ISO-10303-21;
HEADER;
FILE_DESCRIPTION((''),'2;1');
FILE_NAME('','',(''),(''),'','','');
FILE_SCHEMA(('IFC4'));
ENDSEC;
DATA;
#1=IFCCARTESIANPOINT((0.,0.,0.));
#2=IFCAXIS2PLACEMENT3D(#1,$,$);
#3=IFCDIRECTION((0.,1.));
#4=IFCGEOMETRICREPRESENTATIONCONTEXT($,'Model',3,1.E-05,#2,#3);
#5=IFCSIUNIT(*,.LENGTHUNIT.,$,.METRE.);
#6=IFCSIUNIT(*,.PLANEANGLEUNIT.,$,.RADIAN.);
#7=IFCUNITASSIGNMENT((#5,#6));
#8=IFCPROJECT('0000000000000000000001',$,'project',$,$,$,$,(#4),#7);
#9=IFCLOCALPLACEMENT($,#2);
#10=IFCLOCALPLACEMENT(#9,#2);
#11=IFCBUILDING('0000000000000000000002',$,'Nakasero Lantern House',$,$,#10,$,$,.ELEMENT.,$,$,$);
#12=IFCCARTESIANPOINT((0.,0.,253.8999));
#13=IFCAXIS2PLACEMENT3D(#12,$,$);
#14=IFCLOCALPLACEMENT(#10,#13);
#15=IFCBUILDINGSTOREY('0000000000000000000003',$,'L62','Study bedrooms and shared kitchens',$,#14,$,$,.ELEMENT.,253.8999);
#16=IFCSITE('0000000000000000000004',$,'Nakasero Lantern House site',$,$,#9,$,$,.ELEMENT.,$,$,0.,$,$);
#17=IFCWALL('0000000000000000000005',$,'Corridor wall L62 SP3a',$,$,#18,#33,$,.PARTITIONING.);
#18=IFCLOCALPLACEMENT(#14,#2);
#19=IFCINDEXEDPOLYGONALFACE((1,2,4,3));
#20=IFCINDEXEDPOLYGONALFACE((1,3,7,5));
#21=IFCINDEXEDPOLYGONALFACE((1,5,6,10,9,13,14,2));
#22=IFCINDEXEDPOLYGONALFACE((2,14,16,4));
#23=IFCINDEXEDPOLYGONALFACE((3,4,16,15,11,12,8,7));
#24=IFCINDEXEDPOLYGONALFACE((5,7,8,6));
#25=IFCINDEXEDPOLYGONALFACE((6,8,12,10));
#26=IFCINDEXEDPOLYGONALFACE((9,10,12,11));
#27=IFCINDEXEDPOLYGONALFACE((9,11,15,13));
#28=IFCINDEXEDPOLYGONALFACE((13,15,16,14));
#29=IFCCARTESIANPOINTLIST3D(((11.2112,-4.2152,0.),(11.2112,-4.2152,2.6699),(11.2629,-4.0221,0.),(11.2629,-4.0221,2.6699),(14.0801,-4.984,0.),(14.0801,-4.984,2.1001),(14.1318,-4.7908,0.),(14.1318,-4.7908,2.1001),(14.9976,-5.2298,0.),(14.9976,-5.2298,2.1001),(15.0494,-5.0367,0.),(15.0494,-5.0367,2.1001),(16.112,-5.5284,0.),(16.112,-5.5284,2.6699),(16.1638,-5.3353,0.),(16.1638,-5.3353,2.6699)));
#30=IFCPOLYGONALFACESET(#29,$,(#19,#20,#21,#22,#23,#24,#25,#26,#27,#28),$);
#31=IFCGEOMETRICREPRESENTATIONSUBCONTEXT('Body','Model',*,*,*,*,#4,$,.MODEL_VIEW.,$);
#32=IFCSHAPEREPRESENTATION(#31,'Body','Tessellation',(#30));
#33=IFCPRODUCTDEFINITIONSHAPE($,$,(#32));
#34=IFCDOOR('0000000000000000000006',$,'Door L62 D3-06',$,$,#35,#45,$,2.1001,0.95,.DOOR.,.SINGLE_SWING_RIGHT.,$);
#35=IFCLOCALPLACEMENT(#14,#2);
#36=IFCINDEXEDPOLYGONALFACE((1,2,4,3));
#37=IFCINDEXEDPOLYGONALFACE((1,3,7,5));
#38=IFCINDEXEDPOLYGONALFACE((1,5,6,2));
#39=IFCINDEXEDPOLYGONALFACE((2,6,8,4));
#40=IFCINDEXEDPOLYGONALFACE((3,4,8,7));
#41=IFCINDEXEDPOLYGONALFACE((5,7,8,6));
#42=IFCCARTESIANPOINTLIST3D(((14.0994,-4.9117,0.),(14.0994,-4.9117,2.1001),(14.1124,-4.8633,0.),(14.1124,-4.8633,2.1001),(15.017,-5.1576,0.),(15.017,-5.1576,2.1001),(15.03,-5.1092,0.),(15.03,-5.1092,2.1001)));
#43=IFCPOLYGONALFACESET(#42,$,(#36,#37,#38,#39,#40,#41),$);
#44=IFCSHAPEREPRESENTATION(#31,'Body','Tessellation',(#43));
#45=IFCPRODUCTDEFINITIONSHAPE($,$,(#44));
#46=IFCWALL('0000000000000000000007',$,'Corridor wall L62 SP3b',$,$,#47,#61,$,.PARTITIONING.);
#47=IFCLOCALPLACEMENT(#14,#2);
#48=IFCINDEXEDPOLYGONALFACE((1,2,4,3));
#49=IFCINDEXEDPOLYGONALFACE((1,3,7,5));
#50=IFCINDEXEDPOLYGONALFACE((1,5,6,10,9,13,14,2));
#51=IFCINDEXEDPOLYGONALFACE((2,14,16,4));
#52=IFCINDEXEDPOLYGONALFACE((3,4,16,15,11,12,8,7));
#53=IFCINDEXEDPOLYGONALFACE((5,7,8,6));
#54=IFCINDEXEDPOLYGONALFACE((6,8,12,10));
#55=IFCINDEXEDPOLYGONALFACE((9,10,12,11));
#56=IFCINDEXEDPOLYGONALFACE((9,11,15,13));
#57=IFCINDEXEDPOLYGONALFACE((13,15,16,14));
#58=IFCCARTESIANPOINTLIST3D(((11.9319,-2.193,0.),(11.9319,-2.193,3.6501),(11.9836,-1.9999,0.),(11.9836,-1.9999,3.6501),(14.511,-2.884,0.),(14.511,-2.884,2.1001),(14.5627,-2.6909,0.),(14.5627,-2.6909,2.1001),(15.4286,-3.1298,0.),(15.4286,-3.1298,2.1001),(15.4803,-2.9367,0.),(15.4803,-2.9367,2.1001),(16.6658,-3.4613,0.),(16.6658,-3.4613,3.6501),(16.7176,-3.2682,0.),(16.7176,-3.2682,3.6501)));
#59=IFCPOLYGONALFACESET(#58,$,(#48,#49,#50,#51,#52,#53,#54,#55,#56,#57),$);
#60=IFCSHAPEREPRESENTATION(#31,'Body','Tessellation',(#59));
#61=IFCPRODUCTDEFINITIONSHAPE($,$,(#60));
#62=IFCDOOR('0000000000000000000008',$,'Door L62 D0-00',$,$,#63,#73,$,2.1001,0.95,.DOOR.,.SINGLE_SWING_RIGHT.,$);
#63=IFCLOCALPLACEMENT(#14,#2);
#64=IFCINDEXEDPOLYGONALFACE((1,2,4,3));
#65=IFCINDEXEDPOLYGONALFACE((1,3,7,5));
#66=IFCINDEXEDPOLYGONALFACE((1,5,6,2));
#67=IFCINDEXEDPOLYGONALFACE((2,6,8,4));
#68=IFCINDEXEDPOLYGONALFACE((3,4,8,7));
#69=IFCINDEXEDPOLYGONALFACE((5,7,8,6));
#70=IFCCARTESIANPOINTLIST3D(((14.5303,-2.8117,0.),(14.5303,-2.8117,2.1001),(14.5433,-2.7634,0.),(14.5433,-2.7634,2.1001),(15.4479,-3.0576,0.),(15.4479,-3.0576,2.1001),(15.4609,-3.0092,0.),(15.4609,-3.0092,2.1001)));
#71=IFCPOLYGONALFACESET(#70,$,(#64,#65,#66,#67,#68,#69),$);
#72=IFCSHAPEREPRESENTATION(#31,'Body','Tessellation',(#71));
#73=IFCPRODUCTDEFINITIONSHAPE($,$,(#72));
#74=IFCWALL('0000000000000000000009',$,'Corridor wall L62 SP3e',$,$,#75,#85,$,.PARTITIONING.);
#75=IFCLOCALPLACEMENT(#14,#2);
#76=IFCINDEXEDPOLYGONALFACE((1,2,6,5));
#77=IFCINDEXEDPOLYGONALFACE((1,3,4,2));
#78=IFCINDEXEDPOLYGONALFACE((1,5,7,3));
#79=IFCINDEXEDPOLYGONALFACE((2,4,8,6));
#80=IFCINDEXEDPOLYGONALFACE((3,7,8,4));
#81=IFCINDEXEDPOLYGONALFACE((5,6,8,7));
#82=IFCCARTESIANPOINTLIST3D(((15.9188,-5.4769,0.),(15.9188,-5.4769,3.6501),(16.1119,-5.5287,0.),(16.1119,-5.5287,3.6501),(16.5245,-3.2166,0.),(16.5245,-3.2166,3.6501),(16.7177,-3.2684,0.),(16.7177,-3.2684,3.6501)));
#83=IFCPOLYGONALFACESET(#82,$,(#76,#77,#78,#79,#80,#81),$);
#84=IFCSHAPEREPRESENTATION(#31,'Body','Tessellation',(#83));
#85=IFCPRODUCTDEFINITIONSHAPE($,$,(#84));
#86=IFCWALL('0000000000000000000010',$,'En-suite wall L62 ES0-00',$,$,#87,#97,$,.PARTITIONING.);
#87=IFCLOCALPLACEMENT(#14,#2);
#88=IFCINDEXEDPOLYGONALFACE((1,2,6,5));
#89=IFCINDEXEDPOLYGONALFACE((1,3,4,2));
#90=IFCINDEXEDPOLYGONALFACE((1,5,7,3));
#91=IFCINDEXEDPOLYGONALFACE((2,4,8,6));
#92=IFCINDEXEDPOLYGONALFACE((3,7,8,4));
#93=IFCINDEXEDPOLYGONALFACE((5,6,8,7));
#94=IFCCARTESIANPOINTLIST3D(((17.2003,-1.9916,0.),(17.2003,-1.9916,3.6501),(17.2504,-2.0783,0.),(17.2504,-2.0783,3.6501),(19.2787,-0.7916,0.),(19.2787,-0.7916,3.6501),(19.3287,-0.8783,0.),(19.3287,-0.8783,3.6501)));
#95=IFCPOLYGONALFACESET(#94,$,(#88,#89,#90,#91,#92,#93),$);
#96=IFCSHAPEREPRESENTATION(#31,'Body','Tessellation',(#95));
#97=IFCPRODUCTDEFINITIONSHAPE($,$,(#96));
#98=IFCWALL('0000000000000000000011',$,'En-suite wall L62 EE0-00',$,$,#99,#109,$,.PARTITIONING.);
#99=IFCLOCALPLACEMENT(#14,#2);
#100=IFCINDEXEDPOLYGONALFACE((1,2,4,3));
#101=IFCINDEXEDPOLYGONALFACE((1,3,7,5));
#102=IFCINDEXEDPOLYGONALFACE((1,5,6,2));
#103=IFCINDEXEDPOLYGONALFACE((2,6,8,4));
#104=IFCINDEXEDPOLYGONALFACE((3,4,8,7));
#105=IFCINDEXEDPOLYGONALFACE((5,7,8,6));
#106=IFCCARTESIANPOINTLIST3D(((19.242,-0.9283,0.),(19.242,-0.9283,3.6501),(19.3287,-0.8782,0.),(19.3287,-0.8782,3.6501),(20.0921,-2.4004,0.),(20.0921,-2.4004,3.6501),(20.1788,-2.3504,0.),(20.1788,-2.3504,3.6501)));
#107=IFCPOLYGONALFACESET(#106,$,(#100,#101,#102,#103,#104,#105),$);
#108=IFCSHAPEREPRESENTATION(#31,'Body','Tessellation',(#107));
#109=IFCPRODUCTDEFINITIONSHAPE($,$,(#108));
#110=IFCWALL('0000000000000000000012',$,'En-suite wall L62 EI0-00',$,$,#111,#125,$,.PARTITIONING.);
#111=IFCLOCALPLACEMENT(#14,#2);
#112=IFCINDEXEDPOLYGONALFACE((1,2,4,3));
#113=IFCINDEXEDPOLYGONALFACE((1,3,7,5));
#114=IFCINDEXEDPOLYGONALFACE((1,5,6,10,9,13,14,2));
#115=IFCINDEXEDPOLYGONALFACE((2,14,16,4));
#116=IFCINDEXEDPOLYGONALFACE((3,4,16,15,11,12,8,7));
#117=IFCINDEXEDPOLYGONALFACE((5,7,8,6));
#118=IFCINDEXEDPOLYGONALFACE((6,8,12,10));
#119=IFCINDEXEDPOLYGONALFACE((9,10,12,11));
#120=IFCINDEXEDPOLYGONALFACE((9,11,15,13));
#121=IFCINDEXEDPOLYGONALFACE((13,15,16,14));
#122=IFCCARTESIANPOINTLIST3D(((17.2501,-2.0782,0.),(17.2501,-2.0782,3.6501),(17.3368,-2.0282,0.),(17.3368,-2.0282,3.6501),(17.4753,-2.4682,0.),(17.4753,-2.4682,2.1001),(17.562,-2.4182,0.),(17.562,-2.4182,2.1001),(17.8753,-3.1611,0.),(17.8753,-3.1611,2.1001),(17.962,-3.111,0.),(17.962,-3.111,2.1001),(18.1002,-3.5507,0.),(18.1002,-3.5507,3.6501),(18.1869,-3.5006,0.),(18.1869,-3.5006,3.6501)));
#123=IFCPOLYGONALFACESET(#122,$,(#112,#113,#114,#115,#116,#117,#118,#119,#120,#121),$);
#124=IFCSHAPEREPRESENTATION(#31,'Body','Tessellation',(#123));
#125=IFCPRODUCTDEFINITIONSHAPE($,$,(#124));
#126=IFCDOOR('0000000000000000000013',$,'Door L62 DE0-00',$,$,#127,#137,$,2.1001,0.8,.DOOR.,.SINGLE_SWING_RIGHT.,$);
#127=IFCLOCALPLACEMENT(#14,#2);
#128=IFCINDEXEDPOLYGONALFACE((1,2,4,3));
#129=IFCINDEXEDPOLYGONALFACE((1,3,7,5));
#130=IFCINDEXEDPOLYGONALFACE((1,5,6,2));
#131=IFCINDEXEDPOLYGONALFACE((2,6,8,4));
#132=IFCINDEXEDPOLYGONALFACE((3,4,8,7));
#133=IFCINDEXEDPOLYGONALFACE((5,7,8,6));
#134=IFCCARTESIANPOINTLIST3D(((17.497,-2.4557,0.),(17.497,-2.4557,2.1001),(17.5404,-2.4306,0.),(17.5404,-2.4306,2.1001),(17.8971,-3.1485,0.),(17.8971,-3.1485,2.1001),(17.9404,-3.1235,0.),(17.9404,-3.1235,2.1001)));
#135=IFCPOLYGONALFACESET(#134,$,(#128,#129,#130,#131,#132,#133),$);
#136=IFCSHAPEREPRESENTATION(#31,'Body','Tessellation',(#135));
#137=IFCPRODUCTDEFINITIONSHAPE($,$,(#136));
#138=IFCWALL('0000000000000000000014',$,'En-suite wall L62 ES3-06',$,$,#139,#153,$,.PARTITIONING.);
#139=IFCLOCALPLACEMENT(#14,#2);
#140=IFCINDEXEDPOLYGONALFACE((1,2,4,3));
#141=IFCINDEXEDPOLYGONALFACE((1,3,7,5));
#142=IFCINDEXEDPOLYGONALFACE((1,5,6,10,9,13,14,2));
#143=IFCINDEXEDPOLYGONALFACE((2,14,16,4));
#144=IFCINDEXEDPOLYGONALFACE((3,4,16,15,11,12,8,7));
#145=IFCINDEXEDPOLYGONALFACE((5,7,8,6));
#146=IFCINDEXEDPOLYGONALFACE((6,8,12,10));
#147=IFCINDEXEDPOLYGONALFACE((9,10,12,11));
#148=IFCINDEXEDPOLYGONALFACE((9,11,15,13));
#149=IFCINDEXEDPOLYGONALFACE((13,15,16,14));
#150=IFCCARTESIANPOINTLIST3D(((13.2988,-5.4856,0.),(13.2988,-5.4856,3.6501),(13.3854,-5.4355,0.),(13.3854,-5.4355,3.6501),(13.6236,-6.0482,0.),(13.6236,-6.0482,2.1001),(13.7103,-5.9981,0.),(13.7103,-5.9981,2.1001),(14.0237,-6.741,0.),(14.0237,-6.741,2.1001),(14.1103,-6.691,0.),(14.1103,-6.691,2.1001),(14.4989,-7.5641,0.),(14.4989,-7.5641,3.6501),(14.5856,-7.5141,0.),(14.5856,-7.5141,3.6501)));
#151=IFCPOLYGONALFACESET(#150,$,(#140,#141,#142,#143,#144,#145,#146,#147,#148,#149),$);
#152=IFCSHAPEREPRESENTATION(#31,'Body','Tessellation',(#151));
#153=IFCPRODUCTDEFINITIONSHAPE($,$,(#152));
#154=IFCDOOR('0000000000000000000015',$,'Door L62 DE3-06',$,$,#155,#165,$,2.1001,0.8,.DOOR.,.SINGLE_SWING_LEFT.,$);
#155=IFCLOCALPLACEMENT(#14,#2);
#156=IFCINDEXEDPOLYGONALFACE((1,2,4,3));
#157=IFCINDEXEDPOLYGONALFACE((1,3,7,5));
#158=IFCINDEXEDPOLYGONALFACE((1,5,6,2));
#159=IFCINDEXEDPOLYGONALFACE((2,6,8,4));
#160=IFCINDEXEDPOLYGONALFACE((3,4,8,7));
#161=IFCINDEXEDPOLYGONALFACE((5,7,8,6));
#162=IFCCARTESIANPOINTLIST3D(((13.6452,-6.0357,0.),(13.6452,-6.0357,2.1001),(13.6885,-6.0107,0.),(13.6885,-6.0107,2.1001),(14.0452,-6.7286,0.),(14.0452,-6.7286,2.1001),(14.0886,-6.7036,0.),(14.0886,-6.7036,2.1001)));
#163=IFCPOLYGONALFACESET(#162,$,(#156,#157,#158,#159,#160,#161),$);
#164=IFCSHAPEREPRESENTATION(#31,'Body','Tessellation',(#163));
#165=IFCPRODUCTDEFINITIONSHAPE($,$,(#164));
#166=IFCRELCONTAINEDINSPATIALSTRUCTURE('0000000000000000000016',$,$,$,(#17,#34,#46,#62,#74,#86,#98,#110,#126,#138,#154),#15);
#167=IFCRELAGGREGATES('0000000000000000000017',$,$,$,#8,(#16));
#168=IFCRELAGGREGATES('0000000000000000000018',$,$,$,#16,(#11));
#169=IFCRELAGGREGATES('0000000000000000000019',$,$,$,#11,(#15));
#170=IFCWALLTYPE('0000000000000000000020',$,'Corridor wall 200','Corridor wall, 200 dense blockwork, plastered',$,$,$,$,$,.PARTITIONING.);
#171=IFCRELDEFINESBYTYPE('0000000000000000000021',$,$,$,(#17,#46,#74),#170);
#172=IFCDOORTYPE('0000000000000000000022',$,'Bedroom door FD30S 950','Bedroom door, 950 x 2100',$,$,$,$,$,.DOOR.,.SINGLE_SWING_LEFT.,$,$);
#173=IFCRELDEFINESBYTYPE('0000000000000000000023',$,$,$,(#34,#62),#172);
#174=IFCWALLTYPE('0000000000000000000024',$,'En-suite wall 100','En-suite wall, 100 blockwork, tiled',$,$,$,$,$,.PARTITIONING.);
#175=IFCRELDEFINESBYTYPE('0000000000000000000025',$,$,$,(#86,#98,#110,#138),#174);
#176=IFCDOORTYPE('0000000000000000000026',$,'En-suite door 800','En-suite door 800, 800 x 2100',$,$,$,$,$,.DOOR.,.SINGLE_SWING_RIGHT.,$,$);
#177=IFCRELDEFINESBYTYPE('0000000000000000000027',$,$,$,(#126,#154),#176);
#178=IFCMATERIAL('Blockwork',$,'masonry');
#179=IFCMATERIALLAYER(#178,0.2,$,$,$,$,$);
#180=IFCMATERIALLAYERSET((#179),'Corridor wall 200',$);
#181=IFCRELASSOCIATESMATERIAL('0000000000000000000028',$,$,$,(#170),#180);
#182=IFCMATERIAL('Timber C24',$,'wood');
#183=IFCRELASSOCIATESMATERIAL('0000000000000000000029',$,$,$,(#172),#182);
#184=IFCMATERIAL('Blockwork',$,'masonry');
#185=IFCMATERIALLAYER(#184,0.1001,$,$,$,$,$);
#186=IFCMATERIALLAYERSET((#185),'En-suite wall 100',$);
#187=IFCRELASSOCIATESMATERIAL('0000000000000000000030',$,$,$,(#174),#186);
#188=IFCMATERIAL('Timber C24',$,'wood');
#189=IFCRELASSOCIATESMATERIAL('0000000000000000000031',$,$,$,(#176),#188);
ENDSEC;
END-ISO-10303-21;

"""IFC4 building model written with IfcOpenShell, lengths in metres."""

from ifc_helpers import new_model, si_unit, direction, frame, frame_2d, origin, place, context, subcontext, project, spatial, rectangle, extrude, material, layer, layer_set, type_object, element, fill, save


model = new_model("IFC4")

# Units and contexts
model_context = context("Model", 3, precision=1e-05, world=origin(), true_north=direction((0.0, 1.0)))
body_context = subcontext(model_context, "Body", "Model", "MODEL_VIEW")
ifc_project = project(units=[si_unit("LENGTHUNIT", "METRE"), si_unit("PLANEANGLEUNIT", "RADIAN")], contexts=[model_context])

# Site, building, storey
site_placement = place(None, origin())
site = spatial("IfcSite", under=ifc_project, at=site_placement, Name="Nakasero Lantern House site", CompositionType="ELEMENT", RefElevation=0.0)
building_placement = place(site_placement, origin())
building = spatial("IfcBuilding", under=site, at=building_placement, Name="Nakasero Lantern House", CompositionType="ELEMENT")
storey_placement = place(building_placement, frame((0.0, 0.0, 253.8999)))
storey = spatial("IfcBuildingStorey", under=building, at=storey_placement, Name="L62", Description="Study bedrooms and shared kitchens", CompositionType="ELEMENT", Elevation=253.8999)

# Shared definitions
ifc_material_1 = material(Name="Blockwork", Category="masonry")
ifc_layer_1 = layer(ifc_material_1, 0.2)
ifc_layer_set_1 = layer_set([ifc_layer_1], Name="Corridor wall 200")
wall_type_1 = type_object("IfcWallType", Name="Corridor wall 200", Description="Corridor wall, 200 dense blockwork, plastered", PredefinedType="PARTITIONING", material=ifc_layer_set_1)

# Walls, openings, doors
wall_1_placement = place(storey_placement, frame((11.2371, -4.1187, 0.0), z_axis=(0.0, 0.0, 1.0), x_axis=(0.965924, -0.258827, 0.0)))
wall_1 = element("IfcWall", 1, at=wall_1_placement, inside=storey, type_object=wall_type_1, Name="Corridor wall L62 SP3a", PredefinedType="PARTITIONING", context=body_context, shape_type="SweptSolid", body=[
    extrude(rectangle(XDim=5.0737, YDim=0.2, at=frame_2d((2.5369, 0.0))), origin(), (0.0, 0.0, 1.0), 2.6699),
])
opening_1_placement = place(wall_1_placement, frame((2.97, 0.0, 0.0)))
opening_1 = element("IfcOpeningElement", 2, at=opening_1_placement, cuts=wall_1, PredefinedType="OPENING", context=body_context, shape_type="SweptSolid", body=[
    extrude(rectangle(XDim=0.95, YDim=2.1001, at=frame_2d((0.4751, 1.05))), frame((0.0, 0.1199, 0.0), z_axis=(0.0, -1.0, 0.0), x_axis=(1.0, 0.0, 0.0)), (0.0, 0.0, 1.0), 0.24),
])
ifc_material_2 = material(Name="Timber C24", Category="wood")
door_type_1 = type_object("IfcDoorType", Name="Bedroom door FD30S 950", Description="Bedroom door, 950 x 2100", OperationType="SINGLE_SWING_LEFT", PredefinedType="DOOR", material=ifc_material_2)
door_1_placement = place(opening_1_placement, origin())
door_1 = element("IfcDoor", 3, at=door_1_placement, inside=storey, type_object=door_type_1, Name="Door L62 D3-06", OperationType="SINGLE_SWING_RIGHT", OverallHeight=2.1001, OverallWidth=0.95, PredefinedType="DOOR", context=body_context, shape_type="SweptSolid", body=[
    extrude(rectangle(XDim=0.95, YDim=2.1001, at=frame_2d((0.4751, 1.05))), frame((0.0, 0.0249, 0.0), z_axis=(0.0, -1.0, 0.0), x_axis=(1.0, 0.0, 0.0)), (0.0, 0.0, 1.0), 0.05),
])
fill(opening_1, door_1)
wall_2_placement = place(storey_placement, frame((11.9578, -2.0964, 0.0), z_axis=(0.0, 0.0, 1.0), x_axis=(0.965932, -0.258794, 0.0)))
wall_2 = element("IfcWall", 4, at=wall_2_placement, inside=storey, type_object=wall_type_1, Name="Corridor wall L62 SP3b", PredefinedType="PARTITIONING", context=body_context, shape_type="SweptSolid", body=[
    extrude(rectangle(XDim=4.9009, YDim=0.2, at=frame_2d((2.4504, 0.0))), origin(), (0.0, 0.0, 1.0), 3.6501),
])
opening_2_placement = place(wall_2_placement, frame((2.6699, 0.0, 0.0)))
opening_2 = element("IfcOpeningElement", 5, at=opening_2_placement, cuts=wall_2, PredefinedType="OPENING", context=body_context, shape_type="SweptSolid", body=[
    extrude(rectangle(XDim=0.95, YDim=2.1001, at=frame_2d((0.4751, 1.05))), frame((0.0, 0.1199, 0.0), z_axis=(0.0, -1.0, 0.0), x_axis=(1.0, 0.0, 0.0)), (0.0, 0.0, 1.0), 0.24),
])
door_2_placement = place(opening_2_placement, origin())
door_2 = element("IfcDoor", 6, at=door_2_placement, inside=storey, type_object=door_type_1, Name="Door L62 D0-00", OperationType="SINGLE_SWING_RIGHT", OverallHeight=2.1001, OverallWidth=0.95, PredefinedType="DOOR", context=body_context, shape_type="SweptSolid", body=[
    extrude(rectangle(XDim=0.95, YDim=2.1001, at=frame_2d((0.4751, 1.05))), frame((0.0, 0.0249, 0.0), z_axis=(0.0, -1.0, 0.0), x_axis=(1.0, 0.0, 0.0)), (0.0, 0.0, 1.0), 0.05),
])
fill(opening_2, door_2)

# Walls
wall_3_placement = place(storey_placement, frame((16.0154, -5.5027, 0.0), z_axis=(0.0, 0.0, 1.0), x_axis=(0.258851, 0.965917, 0.0)))
element("IfcWall", 7, at=wall_3_placement, inside=storey, type_object=wall_type_1, Name="Corridor wall L62 SP3e", PredefinedType="PARTITIONING", context=body_context, shape_type="SweptSolid", body=[
    extrude(rectangle(XDim=2.3401, YDim=0.2, at=frame_2d((1.1699, 0.0))), origin(), (0.0, 0.0, 1.0), 3.6501),
])
ifc_material_3 = material(Name="Blockwork", Category="masonry")
ifc_layer_2 = layer(ifc_material_3, 0.1001)
ifc_layer_set_2 = layer_set([ifc_layer_2], Name="En-suite wall 100")
wall_type_2 = type_object("IfcWallType", Name="En-suite wall 100", Description="En-suite wall, 100 blockwork, tiled", PredefinedType="PARTITIONING", material=ifc_layer_set_2)
wall_4_placement = place(storey_placement, frame((17.2253, -2.0349, 0.0), z_axis=(0.0, 0.0, 1.0), x_axis=(0.866025, 0.500001, 0.0)))
element("IfcWall", 8, at=wall_4_placement, inside=storey, type_object=wall_type_2, Name="En-suite wall L62 ES0-00", PredefinedType="PARTITIONING", context=body_context, shape_type="SweptSolid", body=[
    extrude(rectangle(XDim=2.3999, YDim=0.1001, at=frame_2d((1.2, 0.0))), origin(), (0.0, 0.0, 1.0), 3.6501),
])
wall_5_placement = place(storey_placement, frame((20.1355, -2.3755, 0.0), z_axis=(0.0, 0.0, 1.0), x_axis=(-0.500062, 0.865989, 0.0)))
element("IfcWall", 9, at=wall_5_placement, inside=storey, type_object=wall_type_2, Name="En-suite wall L62 EE0-00", PredefinedType="PARTITIONING", context=body_context, shape_type="SweptSolid", body=[
    extrude(rectangle(XDim=1.7, YDim=0.1001, at=frame_2d((0.8501, 0.0))), origin(), (0.0, 0.0, 1.0), 3.6501),
])

# Walls, openings, doors
wall_6_placement = place(storey_placement, frame((18.1436, -3.5256, 0.0), z_axis=(0.0, 0.0, 1.0), x_axis=(-0.5, 0.866025, 0.0)))
wall_6 = element("IfcWall", 10, at=wall_6_placement, inside=storey, type_object=wall_type_2, Name="En-suite wall L62 EI0-00", PredefinedType="PARTITIONING", context=body_context, shape_type="SweptSolid", body=[
    extrude(rectangle(XDim=1.7002, YDim=0.1001, at=frame_2d((0.8501, 0.0))), origin(), (0.0, 0.0, 1.0), 3.6501),
])
opening_3_placement = place(wall_6_placement, frame((0.45, 0.0, 0.0)))
opening_3 = element("IfcOpeningElement", 11, at=opening_3_placement, cuts=wall_6, PredefinedType="OPENING", context=body_context, shape_type="SweptSolid", body=[
    extrude(rectangle(XDim=0.8, YDim=2.1001, at=frame_2d((0.3999, 1.05))), frame((0.0, 0.0701, 0.0), z_axis=(0.0, -1.0, 0.0), x_axis=(1.0, 0.0, 0.0)), (0.0, 0.0, 1.0), 0.1401),
])
ifc_material_4 = material(Name="Timber C24", Category="wood")
door_type_2 = type_object("IfcDoorType", Name="En-suite door 800", Description="En-suite door 800, 800 x 2100", OperationType="SINGLE_SWING_RIGHT", PredefinedType="DOOR", material=ifc_material_4)
door_3_placement = place(opening_3_placement, origin())
door_3 = element("IfcDoor", 12, at=door_3_placement, inside=storey, type_object=door_type_2, Name="Door L62 DE0-00", OperationType="SINGLE_SWING_RIGHT", OverallHeight=2.1001, OverallWidth=0.8, PredefinedType="DOOR", context=body_context, shape_type="SweptSolid", body=[
    extrude(rectangle(XDim=0.8, YDim=2.1001, at=frame_2d((0.3999, 1.05))), frame((0.0, 0.0249, 0.0), z_axis=(0.0, -1.0, 0.0), x_axis=(1.0, 0.0, 0.0)), (0.0, 0.0, 1.0), 0.05),
])
fill(opening_3, door_3)
wall_7_placement = place(storey_placement, frame((13.342, -5.4604, 0.0), z_axis=(0.0, 0.0, 1.0), x_axis=(0.500034, -0.866006, 0.0)))
wall_7 = element("IfcWall", 13, at=wall_7_placement, inside=storey, type_object=wall_type_2, Name="En-suite wall L62 ES3-06", PredefinedType="PARTITIONING", context=body_context, shape_type="SweptSolid", body=[
    extrude(rectangle(XDim=2.4001, YDim=0.1001, at=frame_2d((1.2002, 0.0))), origin(), (0.0, 0.0, 1.0), 3.6501),
])
opening_4_placement = place(wall_7_placement, frame((0.6499, 0.0, 0.0)))
opening_4 = element("IfcOpeningElement", 14, at=opening_4_placement, cuts=wall_7, PredefinedType="OPENING", context=body_context, shape_type="SweptSolid", body=[
    extrude(rectangle(XDim=0.8, YDim=2.1001, at=frame_2d((0.3999, 1.05))), frame((0.0, 0.0701, 0.0), z_axis=(0.0, -1.0, 0.0), x_axis=(1.0, 0.0, 0.0)), (0.0, 0.0, 1.0), 0.1401),
])
door_4_placement = place(opening_4_placement, origin())
door_4 = element("IfcDoor", 15, at=door_4_placement, inside=storey, type_object=door_type_2, Name="Door L62 DE3-06", OperationType="SINGLE_SWING_LEFT", OverallHeight=2.1001, OverallWidth=0.8, PredefinedType="DOOR", context=body_context, shape_type="SweptSolid", body=[
    extrude(rectangle(XDim=0.8, YDim=2.1001, at=frame_2d((0.3999, 1.05))), frame((0.0, 0.0249, 0.0), z_axis=(0.0, -1.0, 0.0), x_axis=(1.0, 0.0, 0.0)), (0.0, 0.0, 1.0), 0.05),
])
fill(opening_4, door_4)

save(model, "model.ifc")
